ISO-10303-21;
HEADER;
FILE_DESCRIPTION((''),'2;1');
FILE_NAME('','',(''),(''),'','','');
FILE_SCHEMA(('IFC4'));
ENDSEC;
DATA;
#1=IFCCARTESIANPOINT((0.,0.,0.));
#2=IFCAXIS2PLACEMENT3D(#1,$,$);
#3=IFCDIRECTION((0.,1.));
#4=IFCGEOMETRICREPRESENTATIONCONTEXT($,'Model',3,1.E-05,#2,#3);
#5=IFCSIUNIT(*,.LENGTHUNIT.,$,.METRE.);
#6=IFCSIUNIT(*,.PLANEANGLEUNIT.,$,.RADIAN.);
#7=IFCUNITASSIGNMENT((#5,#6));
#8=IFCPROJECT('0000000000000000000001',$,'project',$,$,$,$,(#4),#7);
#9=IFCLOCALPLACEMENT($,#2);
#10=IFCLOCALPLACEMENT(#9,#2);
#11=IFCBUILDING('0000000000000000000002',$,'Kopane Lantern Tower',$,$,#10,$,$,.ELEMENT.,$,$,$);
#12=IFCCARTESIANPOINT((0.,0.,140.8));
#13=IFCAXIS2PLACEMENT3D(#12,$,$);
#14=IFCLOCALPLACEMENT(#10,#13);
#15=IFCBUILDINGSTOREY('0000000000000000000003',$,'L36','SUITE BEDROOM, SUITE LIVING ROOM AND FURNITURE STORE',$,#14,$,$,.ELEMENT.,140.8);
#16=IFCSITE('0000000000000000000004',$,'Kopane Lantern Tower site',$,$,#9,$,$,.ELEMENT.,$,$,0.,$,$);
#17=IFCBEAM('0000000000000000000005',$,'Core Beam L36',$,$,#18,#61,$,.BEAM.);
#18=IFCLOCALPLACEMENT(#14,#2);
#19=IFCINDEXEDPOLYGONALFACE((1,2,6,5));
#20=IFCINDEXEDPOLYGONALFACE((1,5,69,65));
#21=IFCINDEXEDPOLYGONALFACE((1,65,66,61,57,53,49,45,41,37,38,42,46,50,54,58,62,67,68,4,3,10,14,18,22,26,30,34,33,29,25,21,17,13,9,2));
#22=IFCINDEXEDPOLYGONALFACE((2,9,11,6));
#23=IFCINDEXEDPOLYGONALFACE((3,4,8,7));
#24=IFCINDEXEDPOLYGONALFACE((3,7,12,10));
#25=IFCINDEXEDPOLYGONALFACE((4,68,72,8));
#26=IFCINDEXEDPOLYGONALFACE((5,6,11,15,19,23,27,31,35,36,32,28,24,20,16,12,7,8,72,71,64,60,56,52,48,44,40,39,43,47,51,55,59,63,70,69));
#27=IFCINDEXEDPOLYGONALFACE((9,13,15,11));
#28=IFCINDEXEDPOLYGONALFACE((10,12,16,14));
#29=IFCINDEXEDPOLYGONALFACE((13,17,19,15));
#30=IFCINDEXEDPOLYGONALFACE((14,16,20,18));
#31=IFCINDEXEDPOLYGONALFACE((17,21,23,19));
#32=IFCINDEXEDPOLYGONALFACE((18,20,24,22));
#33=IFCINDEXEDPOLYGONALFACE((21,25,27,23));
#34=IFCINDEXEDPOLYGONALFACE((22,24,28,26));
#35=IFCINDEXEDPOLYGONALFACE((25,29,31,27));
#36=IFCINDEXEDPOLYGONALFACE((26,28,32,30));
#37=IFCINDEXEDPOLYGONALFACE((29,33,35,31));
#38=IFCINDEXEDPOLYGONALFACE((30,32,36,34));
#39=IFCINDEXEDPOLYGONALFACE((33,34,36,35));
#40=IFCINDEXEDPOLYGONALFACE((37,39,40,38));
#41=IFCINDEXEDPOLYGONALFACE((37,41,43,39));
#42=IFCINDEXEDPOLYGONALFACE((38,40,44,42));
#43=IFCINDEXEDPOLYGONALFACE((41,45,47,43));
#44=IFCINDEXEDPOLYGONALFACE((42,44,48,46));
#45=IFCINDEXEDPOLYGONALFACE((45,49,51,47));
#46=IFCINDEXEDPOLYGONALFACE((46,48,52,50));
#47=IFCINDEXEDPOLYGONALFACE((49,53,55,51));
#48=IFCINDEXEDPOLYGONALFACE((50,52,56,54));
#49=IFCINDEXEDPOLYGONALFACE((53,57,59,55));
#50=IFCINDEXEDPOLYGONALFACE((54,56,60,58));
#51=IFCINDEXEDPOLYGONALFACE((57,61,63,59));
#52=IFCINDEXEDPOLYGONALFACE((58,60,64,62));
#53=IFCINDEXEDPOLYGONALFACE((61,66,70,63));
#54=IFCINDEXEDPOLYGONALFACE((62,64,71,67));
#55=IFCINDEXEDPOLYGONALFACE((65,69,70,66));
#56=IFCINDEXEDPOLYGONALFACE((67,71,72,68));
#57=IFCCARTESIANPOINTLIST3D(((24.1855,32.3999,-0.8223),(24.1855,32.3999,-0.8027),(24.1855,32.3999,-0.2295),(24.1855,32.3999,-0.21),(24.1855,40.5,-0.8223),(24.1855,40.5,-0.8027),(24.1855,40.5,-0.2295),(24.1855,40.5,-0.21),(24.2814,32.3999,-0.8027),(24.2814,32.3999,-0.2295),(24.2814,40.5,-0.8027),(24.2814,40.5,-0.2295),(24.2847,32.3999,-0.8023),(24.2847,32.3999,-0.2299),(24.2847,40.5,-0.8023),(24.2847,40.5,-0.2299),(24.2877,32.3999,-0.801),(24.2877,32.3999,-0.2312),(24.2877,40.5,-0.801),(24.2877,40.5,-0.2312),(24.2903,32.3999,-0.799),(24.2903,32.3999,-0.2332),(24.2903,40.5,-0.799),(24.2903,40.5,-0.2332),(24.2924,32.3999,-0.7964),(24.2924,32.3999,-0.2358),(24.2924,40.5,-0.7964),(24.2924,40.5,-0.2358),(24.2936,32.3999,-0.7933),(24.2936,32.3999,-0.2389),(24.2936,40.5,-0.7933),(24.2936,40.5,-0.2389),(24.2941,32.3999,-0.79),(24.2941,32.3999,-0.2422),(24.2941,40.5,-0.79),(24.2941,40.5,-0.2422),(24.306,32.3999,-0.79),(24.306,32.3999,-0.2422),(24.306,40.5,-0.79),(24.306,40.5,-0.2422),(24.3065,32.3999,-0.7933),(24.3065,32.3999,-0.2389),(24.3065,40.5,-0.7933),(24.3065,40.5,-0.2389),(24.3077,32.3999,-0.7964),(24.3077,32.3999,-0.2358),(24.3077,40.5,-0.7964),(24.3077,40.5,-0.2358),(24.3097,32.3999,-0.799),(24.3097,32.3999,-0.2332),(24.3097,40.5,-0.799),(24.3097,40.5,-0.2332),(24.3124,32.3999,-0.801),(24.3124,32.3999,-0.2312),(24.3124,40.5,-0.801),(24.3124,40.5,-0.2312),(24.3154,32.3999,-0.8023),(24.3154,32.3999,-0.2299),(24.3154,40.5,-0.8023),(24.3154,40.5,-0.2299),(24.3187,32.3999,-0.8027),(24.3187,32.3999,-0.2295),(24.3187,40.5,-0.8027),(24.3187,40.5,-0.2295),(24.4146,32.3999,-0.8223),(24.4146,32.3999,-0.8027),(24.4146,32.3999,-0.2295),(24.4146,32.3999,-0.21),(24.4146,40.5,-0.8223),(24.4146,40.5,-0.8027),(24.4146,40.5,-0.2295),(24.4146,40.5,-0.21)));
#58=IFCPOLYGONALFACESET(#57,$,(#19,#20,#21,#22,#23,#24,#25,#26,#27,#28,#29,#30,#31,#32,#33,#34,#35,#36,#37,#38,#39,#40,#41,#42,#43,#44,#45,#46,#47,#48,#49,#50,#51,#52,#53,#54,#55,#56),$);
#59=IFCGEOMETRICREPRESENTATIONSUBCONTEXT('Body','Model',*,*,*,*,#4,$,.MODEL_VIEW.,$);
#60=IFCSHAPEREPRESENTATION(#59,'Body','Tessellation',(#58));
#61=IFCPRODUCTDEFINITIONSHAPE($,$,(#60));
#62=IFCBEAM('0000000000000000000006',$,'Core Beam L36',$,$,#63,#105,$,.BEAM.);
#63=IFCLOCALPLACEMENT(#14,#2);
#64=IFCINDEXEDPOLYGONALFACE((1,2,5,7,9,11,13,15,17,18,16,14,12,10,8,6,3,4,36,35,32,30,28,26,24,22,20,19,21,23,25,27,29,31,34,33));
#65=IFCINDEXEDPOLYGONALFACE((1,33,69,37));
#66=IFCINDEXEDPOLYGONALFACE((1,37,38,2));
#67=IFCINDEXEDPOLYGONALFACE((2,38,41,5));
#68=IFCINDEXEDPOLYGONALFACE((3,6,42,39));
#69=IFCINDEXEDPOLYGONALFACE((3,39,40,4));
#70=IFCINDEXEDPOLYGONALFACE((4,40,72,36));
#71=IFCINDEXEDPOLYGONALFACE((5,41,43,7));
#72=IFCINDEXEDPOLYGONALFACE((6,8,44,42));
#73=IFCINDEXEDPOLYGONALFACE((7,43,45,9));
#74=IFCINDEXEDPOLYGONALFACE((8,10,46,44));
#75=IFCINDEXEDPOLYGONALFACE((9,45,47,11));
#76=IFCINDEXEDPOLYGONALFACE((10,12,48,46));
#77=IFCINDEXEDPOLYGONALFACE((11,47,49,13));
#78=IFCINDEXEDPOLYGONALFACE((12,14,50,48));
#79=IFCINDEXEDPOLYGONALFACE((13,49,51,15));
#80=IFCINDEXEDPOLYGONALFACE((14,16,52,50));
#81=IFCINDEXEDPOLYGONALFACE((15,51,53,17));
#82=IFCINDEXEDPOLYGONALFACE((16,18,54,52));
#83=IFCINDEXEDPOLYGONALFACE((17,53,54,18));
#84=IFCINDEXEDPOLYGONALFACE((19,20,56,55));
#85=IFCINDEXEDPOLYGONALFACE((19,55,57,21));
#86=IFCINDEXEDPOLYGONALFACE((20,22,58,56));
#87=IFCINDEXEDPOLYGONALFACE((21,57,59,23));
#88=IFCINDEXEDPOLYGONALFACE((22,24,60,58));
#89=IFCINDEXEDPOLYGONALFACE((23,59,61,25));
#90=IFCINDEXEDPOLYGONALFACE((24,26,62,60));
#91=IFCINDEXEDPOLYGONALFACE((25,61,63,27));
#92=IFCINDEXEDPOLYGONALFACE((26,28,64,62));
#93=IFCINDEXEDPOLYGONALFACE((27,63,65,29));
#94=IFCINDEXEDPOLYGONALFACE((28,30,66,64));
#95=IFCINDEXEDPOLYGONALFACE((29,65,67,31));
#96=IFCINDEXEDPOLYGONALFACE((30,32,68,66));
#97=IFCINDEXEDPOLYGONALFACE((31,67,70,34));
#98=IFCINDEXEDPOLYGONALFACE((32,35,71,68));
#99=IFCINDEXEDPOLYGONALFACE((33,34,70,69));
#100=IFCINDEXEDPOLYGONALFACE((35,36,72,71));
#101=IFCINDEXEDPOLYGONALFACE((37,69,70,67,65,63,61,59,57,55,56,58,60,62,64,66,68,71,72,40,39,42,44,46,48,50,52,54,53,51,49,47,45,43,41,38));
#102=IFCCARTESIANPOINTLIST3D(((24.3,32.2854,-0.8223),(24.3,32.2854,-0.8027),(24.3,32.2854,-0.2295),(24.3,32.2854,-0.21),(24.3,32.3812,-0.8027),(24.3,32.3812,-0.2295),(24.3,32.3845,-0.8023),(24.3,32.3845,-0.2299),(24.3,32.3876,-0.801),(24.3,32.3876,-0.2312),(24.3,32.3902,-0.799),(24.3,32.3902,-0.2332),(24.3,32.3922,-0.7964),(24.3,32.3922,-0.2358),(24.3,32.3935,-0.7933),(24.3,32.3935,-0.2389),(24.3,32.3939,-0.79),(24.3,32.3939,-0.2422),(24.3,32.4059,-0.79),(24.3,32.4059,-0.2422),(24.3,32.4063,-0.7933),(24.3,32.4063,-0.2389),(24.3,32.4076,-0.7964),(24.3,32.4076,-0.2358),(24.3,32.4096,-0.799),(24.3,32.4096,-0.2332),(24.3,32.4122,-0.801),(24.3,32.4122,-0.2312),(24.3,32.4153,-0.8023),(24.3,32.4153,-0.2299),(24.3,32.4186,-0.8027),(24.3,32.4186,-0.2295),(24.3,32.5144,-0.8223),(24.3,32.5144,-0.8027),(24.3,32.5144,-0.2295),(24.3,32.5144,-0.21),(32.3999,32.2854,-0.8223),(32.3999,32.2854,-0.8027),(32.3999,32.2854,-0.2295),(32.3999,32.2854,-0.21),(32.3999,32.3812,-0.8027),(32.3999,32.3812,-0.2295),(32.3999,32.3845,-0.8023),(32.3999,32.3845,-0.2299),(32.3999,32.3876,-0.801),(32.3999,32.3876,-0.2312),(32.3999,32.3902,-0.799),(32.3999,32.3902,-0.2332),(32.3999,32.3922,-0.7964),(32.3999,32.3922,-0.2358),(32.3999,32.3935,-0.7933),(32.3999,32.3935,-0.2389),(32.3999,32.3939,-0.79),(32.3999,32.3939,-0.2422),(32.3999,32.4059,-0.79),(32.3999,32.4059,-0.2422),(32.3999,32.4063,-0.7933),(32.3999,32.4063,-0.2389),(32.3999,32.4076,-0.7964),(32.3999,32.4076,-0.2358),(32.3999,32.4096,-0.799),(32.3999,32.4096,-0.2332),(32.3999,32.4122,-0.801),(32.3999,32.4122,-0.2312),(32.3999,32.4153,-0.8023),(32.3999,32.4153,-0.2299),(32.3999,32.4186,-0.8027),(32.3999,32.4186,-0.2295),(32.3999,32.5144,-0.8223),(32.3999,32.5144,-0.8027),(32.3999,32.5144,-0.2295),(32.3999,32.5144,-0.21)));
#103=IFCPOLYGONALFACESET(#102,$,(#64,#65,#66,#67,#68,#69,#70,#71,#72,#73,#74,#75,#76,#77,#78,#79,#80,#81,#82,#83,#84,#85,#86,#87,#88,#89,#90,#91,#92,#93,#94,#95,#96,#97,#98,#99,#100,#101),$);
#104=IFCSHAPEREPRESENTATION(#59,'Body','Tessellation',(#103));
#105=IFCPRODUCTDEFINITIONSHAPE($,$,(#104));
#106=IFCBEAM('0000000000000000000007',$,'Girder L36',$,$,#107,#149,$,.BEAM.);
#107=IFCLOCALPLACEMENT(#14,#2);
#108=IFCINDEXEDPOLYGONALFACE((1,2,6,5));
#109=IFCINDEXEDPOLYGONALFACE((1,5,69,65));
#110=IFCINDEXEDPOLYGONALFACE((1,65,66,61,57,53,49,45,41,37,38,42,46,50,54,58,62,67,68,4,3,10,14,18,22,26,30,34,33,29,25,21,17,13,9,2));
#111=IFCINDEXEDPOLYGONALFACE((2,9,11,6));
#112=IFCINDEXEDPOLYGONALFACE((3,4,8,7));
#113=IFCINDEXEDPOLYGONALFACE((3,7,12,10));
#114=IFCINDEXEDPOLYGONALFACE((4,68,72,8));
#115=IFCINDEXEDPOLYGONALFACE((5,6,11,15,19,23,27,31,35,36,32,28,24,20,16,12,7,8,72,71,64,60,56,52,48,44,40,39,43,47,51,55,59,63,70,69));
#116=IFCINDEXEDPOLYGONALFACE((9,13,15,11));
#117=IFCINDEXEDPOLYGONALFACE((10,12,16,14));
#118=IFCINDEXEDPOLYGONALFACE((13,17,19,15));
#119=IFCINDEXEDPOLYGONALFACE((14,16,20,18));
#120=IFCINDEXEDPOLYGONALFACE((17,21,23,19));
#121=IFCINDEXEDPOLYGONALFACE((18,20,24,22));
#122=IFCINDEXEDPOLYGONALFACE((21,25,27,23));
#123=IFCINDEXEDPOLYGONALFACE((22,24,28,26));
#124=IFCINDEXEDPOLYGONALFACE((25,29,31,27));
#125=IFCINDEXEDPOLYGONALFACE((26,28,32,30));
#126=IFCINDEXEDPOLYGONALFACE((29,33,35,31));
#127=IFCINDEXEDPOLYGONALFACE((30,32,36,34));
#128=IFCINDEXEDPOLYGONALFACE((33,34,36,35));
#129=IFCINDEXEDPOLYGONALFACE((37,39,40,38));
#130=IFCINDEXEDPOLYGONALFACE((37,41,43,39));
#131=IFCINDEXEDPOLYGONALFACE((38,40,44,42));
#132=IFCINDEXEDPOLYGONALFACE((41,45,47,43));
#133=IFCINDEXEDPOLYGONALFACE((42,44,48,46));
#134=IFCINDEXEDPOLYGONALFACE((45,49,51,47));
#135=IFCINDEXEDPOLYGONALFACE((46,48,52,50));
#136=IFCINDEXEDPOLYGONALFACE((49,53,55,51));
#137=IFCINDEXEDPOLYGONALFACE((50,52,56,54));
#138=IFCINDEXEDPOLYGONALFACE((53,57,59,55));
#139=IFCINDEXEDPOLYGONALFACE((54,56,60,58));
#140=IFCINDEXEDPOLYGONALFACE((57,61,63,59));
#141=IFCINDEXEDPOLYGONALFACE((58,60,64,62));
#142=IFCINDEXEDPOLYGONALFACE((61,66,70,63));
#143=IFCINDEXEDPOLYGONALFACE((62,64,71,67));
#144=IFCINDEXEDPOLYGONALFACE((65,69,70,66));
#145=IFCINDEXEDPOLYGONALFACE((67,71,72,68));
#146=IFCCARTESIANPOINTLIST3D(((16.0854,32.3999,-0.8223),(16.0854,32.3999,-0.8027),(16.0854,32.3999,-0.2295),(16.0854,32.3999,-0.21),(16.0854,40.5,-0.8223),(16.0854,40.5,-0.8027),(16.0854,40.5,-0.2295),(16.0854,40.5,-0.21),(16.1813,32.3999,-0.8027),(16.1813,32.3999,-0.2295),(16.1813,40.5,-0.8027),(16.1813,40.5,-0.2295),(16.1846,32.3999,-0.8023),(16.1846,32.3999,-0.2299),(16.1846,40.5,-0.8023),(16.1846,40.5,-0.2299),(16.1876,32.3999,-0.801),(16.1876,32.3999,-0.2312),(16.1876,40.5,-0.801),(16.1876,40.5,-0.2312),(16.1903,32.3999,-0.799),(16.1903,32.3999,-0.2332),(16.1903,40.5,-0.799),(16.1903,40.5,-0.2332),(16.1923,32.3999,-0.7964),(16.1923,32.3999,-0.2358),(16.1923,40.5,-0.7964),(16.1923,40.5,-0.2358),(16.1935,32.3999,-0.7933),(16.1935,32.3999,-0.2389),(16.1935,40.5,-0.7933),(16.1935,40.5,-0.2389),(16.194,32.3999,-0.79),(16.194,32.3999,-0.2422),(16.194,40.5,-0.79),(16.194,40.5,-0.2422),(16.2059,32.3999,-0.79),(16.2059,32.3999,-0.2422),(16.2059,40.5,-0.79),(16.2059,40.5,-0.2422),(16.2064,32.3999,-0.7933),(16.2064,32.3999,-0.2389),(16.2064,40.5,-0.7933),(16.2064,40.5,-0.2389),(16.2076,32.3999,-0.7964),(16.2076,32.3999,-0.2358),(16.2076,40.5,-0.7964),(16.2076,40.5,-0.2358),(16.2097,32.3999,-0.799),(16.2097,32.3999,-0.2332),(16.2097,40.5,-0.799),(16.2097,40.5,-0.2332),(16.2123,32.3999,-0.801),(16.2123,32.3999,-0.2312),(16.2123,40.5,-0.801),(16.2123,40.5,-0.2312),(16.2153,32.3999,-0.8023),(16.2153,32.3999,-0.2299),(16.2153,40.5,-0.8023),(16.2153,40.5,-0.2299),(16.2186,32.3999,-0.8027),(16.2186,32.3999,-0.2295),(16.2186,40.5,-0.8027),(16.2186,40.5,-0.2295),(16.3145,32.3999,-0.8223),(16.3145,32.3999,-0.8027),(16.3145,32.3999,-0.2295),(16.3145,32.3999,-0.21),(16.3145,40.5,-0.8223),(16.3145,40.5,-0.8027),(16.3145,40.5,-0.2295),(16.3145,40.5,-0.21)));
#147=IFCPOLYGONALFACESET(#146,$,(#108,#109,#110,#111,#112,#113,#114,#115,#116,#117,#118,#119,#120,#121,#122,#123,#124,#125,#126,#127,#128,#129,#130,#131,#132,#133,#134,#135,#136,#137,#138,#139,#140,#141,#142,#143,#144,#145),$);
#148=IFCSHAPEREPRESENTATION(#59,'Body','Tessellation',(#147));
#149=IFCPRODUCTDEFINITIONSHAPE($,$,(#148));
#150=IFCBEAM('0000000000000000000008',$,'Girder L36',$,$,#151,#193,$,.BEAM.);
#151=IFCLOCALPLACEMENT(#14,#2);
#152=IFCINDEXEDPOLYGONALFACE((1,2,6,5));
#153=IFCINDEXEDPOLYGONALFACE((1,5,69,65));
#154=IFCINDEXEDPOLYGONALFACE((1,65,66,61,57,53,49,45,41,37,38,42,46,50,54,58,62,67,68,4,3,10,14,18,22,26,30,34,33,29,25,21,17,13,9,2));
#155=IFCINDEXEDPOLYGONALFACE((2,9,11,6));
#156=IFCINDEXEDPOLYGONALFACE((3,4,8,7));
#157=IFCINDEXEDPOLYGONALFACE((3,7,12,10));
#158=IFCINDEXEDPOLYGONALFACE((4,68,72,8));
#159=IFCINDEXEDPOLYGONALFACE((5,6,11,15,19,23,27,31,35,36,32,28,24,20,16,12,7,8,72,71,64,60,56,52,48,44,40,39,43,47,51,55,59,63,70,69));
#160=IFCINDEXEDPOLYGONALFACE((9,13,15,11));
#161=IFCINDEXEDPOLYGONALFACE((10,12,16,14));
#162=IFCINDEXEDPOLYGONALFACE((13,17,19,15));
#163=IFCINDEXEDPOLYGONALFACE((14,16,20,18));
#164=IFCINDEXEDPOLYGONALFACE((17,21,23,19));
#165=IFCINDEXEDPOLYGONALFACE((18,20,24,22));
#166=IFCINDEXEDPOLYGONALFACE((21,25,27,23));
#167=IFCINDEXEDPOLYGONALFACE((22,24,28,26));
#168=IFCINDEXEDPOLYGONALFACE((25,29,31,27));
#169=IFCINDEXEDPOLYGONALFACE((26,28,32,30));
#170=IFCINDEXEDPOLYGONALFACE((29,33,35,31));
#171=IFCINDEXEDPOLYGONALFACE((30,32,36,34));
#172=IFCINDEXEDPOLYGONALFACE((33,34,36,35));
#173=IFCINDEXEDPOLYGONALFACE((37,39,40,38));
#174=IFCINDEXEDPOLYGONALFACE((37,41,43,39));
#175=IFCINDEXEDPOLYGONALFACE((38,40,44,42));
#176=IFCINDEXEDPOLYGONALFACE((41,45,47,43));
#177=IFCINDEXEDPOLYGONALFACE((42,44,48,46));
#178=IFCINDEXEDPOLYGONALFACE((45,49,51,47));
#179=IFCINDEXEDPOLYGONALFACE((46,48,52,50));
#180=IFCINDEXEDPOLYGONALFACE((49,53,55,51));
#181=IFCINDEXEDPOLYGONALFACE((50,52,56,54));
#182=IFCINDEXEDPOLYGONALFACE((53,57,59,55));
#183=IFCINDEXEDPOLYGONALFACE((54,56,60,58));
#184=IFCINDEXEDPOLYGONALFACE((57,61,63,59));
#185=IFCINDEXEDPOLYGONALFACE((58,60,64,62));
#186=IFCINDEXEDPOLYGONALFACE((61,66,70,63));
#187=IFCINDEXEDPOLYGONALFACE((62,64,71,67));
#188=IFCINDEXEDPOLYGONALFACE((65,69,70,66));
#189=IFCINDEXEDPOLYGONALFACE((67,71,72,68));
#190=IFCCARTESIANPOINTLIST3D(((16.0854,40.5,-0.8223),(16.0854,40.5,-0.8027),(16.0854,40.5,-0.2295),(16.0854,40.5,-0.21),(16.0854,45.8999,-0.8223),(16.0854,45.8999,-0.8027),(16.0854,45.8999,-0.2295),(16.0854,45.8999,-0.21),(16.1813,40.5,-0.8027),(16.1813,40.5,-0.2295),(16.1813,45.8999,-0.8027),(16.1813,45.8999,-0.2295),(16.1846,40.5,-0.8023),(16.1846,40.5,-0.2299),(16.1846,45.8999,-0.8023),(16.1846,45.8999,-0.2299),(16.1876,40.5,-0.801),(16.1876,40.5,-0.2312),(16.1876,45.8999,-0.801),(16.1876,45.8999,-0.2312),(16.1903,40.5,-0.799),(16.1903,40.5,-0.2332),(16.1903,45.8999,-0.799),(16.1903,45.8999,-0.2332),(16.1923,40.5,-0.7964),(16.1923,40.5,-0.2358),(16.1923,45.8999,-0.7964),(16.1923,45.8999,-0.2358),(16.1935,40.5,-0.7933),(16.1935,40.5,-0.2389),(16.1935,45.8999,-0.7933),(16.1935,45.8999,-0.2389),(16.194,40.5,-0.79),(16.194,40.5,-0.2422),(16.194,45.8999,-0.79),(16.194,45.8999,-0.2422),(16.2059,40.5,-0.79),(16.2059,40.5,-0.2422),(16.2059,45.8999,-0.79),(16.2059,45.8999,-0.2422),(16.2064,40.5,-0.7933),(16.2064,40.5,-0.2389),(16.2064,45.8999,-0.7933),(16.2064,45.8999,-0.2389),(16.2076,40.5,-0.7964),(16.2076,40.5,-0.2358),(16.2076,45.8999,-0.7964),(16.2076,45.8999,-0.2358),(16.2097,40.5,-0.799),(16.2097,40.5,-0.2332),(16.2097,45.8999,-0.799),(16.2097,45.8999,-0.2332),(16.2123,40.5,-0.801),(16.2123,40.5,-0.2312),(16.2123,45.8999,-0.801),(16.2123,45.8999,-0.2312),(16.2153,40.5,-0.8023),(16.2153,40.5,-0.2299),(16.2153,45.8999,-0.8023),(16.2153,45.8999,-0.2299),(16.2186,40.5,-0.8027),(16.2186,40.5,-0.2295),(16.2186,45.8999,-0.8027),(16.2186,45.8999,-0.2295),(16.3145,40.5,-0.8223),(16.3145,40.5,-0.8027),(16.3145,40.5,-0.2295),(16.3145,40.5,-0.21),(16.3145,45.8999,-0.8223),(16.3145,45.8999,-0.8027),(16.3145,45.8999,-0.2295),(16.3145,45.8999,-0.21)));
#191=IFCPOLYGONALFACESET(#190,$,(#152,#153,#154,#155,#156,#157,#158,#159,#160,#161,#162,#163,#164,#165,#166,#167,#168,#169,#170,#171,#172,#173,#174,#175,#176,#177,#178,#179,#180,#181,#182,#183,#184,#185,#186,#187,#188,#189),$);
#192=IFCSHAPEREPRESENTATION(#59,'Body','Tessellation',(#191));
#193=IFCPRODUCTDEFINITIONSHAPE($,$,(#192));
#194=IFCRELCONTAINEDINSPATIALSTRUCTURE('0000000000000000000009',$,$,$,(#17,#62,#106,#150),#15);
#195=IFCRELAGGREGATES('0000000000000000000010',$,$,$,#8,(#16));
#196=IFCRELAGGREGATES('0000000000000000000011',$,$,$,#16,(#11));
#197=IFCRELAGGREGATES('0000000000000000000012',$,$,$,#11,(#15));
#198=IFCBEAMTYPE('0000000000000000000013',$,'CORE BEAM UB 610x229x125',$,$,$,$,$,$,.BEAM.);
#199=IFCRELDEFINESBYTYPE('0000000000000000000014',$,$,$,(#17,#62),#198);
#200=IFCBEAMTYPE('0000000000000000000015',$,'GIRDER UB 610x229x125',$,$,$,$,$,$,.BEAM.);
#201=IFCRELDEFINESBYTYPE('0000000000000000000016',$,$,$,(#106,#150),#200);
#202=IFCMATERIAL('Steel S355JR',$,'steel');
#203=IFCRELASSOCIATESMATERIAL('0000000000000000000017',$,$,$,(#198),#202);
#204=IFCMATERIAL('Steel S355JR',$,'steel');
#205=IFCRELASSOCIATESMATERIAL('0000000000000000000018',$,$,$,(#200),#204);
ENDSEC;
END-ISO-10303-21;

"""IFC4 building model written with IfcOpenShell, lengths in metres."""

from ifc_helpers import new_model, si_unit, direction, frame, origin, origin_2d, place, context, subcontext, project, spatial, i_section, extrude, material, material_profile, profile_set, type_object, element, save


model = new_model("IFC4")

# Units and contexts
model_context = context("Model", 3, precision=1e-05, world=origin(), true_north=direction((0.0, 1.0)))
body_context = subcontext(model_context, "Body", "Model", "MODEL_VIEW")
ifc_project = project(units=[si_unit("LENGTHUNIT", "METRE"), si_unit("PLANEANGLEUNIT", "RADIAN")], contexts=[model_context])

# Site, building, storey
site_placement = place(None, origin())
site = spatial("IfcSite", under=ifc_project, at=site_placement, Name="Kopane Lantern Tower site", CompositionType="ELEMENT", RefElevation=0.0)
building_placement = place(site_placement, origin())
building = spatial("IfcBuilding", under=site, at=building_placement, Name="Kopane Lantern Tower", CompositionType="ELEMENT")
storey_placement = place(building_placement, frame((0.0, 0.0, 140.8)))
storey = spatial("IfcBuildingStorey", under=building, at=storey_placement, Name="L36", Description="SUITE BEDROOM, SUITE LIVING ROOM AND FURNITURE STORE", CompositionType="ELEMENT", Elevation=140.8)

# Beams
ifc_material_1 = material(Name="Steel S355JR", Category="steel")
ifc_material_profile_1 = material_profile(ifc_material_1, i_section(OverallWidth=0.229, OverallDepth=0.6123, WebThickness=0.012, FlangeThickness=0.0195, FilletRadius=0.0127, at=origin_2d()), Name="UB 610x229x125")
ifc_profile_set_1 = profile_set([ifc_material_profile_1], Name="Steel S355JR")
beam_type_1 = type_object("IfcBeamType", Name="CORE BEAM UB 610x229x125", PredefinedType="BEAM", material=ifc_profile_set_1)
for number, where, z_axis, x_axis, name in (
    (1, (24.3, 32.3999, -0.5161), (0.0, 1.0, 0.0), (-1.0, 0.0, 0.0), "Core Beam L36"),
):
    element("IfcBeam", number, at=place(storey_placement, frame(where, z_axis=z_axis, x_axis=x_axis)), inside=storey, type_object=beam_type_1, Name=name, PredefinedType="BEAM", context=body_context, shape_type="SweptSolid", body=[
        extrude(i_section(OverallWidth=0.229, OverallDepth=0.6123, WebThickness=0.012, FlangeThickness=0.0195, FilletRadius=0.0127, at=origin_2d()), origin(), (0.0, 0.0, 1.0), 8.1001),
    ])
beam_1_placement = place(storey_placement, frame((24.3, 32.3999, -0.5161), z_axis=(1.0, 0.0, 0.0), x_axis=(0.0, 1.0, 0.0)))
element("IfcBeam", 2, at=beam_1_placement, inside=storey, type_object=beam_type_1, Name="Core Beam L36", PredefinedType="BEAM", context=body_context, shape_type="SweptSolid", body=[
    extrude(i_section(OverallWidth=0.229, OverallDepth=0.6123, WebThickness=0.012, FlangeThickness=0.0195, FilletRadius=0.0127, at=origin_2d()), origin(), (0.0, 0.0, 1.0), 8.0999),
])
ifc_material_2 = material(Name="Steel S355JR", Category="steel")
ifc_material_profile_2 = material_profile(ifc_material_2, i_section(OverallWidth=0.229, OverallDepth=0.6123, WebThickness=0.012, FlangeThickness=0.0195, FilletRadius=0.0127, at=origin_2d()), Name="UB 610x229x125")
ifc_profile_set_2 = profile_set([ifc_material_profile_2], Name="Steel S355JR")
beam_type_2 = type_object("IfcBeamType", Name="GIRDER UB 610x229x125", PredefinedType="BEAM", material=ifc_profile_set_2)
beam_2_placement = place(storey_placement, frame((16.2, 32.3999, -0.5161), z_axis=(0.0, 1.0, 0.0), x_axis=(-1.0, 0.0, 0.0)))
element("IfcBeam", 3, at=beam_2_placement, inside=storey, type_object=beam_type_2, Name="Girder L36", PredefinedType="BEAM", context=body_context, shape_type="SweptSolid", body=[
    extrude(i_section(OverallWidth=0.229, OverallDepth=0.6123, WebThickness=0.012, FlangeThickness=0.0195, FilletRadius=0.0127, at=origin_2d()), origin(), (0.0, 0.0, 1.0), 8.1001),
])
beam_3_placement = place(storey_placement, frame((16.2, 40.5, -0.5161), z_axis=(0.0, 1.0, 0.0), x_axis=(-1.0, 0.0, 0.0)))
element("IfcBeam", 4, at=beam_3_placement, inside=storey, type_object=beam_type_2, Name="Girder L36", PredefinedType="BEAM", context=body_context, shape_type="SweptSolid", body=[
    extrude(i_section(OverallWidth=0.229, OverallDepth=0.6123, WebThickness=0.012, FlangeThickness=0.0195, FilletRadius=0.0127, at=origin_2d()), origin(), (0.0, 0.0, 1.0), 5.3999),
])

save(model, "model.ifc")
